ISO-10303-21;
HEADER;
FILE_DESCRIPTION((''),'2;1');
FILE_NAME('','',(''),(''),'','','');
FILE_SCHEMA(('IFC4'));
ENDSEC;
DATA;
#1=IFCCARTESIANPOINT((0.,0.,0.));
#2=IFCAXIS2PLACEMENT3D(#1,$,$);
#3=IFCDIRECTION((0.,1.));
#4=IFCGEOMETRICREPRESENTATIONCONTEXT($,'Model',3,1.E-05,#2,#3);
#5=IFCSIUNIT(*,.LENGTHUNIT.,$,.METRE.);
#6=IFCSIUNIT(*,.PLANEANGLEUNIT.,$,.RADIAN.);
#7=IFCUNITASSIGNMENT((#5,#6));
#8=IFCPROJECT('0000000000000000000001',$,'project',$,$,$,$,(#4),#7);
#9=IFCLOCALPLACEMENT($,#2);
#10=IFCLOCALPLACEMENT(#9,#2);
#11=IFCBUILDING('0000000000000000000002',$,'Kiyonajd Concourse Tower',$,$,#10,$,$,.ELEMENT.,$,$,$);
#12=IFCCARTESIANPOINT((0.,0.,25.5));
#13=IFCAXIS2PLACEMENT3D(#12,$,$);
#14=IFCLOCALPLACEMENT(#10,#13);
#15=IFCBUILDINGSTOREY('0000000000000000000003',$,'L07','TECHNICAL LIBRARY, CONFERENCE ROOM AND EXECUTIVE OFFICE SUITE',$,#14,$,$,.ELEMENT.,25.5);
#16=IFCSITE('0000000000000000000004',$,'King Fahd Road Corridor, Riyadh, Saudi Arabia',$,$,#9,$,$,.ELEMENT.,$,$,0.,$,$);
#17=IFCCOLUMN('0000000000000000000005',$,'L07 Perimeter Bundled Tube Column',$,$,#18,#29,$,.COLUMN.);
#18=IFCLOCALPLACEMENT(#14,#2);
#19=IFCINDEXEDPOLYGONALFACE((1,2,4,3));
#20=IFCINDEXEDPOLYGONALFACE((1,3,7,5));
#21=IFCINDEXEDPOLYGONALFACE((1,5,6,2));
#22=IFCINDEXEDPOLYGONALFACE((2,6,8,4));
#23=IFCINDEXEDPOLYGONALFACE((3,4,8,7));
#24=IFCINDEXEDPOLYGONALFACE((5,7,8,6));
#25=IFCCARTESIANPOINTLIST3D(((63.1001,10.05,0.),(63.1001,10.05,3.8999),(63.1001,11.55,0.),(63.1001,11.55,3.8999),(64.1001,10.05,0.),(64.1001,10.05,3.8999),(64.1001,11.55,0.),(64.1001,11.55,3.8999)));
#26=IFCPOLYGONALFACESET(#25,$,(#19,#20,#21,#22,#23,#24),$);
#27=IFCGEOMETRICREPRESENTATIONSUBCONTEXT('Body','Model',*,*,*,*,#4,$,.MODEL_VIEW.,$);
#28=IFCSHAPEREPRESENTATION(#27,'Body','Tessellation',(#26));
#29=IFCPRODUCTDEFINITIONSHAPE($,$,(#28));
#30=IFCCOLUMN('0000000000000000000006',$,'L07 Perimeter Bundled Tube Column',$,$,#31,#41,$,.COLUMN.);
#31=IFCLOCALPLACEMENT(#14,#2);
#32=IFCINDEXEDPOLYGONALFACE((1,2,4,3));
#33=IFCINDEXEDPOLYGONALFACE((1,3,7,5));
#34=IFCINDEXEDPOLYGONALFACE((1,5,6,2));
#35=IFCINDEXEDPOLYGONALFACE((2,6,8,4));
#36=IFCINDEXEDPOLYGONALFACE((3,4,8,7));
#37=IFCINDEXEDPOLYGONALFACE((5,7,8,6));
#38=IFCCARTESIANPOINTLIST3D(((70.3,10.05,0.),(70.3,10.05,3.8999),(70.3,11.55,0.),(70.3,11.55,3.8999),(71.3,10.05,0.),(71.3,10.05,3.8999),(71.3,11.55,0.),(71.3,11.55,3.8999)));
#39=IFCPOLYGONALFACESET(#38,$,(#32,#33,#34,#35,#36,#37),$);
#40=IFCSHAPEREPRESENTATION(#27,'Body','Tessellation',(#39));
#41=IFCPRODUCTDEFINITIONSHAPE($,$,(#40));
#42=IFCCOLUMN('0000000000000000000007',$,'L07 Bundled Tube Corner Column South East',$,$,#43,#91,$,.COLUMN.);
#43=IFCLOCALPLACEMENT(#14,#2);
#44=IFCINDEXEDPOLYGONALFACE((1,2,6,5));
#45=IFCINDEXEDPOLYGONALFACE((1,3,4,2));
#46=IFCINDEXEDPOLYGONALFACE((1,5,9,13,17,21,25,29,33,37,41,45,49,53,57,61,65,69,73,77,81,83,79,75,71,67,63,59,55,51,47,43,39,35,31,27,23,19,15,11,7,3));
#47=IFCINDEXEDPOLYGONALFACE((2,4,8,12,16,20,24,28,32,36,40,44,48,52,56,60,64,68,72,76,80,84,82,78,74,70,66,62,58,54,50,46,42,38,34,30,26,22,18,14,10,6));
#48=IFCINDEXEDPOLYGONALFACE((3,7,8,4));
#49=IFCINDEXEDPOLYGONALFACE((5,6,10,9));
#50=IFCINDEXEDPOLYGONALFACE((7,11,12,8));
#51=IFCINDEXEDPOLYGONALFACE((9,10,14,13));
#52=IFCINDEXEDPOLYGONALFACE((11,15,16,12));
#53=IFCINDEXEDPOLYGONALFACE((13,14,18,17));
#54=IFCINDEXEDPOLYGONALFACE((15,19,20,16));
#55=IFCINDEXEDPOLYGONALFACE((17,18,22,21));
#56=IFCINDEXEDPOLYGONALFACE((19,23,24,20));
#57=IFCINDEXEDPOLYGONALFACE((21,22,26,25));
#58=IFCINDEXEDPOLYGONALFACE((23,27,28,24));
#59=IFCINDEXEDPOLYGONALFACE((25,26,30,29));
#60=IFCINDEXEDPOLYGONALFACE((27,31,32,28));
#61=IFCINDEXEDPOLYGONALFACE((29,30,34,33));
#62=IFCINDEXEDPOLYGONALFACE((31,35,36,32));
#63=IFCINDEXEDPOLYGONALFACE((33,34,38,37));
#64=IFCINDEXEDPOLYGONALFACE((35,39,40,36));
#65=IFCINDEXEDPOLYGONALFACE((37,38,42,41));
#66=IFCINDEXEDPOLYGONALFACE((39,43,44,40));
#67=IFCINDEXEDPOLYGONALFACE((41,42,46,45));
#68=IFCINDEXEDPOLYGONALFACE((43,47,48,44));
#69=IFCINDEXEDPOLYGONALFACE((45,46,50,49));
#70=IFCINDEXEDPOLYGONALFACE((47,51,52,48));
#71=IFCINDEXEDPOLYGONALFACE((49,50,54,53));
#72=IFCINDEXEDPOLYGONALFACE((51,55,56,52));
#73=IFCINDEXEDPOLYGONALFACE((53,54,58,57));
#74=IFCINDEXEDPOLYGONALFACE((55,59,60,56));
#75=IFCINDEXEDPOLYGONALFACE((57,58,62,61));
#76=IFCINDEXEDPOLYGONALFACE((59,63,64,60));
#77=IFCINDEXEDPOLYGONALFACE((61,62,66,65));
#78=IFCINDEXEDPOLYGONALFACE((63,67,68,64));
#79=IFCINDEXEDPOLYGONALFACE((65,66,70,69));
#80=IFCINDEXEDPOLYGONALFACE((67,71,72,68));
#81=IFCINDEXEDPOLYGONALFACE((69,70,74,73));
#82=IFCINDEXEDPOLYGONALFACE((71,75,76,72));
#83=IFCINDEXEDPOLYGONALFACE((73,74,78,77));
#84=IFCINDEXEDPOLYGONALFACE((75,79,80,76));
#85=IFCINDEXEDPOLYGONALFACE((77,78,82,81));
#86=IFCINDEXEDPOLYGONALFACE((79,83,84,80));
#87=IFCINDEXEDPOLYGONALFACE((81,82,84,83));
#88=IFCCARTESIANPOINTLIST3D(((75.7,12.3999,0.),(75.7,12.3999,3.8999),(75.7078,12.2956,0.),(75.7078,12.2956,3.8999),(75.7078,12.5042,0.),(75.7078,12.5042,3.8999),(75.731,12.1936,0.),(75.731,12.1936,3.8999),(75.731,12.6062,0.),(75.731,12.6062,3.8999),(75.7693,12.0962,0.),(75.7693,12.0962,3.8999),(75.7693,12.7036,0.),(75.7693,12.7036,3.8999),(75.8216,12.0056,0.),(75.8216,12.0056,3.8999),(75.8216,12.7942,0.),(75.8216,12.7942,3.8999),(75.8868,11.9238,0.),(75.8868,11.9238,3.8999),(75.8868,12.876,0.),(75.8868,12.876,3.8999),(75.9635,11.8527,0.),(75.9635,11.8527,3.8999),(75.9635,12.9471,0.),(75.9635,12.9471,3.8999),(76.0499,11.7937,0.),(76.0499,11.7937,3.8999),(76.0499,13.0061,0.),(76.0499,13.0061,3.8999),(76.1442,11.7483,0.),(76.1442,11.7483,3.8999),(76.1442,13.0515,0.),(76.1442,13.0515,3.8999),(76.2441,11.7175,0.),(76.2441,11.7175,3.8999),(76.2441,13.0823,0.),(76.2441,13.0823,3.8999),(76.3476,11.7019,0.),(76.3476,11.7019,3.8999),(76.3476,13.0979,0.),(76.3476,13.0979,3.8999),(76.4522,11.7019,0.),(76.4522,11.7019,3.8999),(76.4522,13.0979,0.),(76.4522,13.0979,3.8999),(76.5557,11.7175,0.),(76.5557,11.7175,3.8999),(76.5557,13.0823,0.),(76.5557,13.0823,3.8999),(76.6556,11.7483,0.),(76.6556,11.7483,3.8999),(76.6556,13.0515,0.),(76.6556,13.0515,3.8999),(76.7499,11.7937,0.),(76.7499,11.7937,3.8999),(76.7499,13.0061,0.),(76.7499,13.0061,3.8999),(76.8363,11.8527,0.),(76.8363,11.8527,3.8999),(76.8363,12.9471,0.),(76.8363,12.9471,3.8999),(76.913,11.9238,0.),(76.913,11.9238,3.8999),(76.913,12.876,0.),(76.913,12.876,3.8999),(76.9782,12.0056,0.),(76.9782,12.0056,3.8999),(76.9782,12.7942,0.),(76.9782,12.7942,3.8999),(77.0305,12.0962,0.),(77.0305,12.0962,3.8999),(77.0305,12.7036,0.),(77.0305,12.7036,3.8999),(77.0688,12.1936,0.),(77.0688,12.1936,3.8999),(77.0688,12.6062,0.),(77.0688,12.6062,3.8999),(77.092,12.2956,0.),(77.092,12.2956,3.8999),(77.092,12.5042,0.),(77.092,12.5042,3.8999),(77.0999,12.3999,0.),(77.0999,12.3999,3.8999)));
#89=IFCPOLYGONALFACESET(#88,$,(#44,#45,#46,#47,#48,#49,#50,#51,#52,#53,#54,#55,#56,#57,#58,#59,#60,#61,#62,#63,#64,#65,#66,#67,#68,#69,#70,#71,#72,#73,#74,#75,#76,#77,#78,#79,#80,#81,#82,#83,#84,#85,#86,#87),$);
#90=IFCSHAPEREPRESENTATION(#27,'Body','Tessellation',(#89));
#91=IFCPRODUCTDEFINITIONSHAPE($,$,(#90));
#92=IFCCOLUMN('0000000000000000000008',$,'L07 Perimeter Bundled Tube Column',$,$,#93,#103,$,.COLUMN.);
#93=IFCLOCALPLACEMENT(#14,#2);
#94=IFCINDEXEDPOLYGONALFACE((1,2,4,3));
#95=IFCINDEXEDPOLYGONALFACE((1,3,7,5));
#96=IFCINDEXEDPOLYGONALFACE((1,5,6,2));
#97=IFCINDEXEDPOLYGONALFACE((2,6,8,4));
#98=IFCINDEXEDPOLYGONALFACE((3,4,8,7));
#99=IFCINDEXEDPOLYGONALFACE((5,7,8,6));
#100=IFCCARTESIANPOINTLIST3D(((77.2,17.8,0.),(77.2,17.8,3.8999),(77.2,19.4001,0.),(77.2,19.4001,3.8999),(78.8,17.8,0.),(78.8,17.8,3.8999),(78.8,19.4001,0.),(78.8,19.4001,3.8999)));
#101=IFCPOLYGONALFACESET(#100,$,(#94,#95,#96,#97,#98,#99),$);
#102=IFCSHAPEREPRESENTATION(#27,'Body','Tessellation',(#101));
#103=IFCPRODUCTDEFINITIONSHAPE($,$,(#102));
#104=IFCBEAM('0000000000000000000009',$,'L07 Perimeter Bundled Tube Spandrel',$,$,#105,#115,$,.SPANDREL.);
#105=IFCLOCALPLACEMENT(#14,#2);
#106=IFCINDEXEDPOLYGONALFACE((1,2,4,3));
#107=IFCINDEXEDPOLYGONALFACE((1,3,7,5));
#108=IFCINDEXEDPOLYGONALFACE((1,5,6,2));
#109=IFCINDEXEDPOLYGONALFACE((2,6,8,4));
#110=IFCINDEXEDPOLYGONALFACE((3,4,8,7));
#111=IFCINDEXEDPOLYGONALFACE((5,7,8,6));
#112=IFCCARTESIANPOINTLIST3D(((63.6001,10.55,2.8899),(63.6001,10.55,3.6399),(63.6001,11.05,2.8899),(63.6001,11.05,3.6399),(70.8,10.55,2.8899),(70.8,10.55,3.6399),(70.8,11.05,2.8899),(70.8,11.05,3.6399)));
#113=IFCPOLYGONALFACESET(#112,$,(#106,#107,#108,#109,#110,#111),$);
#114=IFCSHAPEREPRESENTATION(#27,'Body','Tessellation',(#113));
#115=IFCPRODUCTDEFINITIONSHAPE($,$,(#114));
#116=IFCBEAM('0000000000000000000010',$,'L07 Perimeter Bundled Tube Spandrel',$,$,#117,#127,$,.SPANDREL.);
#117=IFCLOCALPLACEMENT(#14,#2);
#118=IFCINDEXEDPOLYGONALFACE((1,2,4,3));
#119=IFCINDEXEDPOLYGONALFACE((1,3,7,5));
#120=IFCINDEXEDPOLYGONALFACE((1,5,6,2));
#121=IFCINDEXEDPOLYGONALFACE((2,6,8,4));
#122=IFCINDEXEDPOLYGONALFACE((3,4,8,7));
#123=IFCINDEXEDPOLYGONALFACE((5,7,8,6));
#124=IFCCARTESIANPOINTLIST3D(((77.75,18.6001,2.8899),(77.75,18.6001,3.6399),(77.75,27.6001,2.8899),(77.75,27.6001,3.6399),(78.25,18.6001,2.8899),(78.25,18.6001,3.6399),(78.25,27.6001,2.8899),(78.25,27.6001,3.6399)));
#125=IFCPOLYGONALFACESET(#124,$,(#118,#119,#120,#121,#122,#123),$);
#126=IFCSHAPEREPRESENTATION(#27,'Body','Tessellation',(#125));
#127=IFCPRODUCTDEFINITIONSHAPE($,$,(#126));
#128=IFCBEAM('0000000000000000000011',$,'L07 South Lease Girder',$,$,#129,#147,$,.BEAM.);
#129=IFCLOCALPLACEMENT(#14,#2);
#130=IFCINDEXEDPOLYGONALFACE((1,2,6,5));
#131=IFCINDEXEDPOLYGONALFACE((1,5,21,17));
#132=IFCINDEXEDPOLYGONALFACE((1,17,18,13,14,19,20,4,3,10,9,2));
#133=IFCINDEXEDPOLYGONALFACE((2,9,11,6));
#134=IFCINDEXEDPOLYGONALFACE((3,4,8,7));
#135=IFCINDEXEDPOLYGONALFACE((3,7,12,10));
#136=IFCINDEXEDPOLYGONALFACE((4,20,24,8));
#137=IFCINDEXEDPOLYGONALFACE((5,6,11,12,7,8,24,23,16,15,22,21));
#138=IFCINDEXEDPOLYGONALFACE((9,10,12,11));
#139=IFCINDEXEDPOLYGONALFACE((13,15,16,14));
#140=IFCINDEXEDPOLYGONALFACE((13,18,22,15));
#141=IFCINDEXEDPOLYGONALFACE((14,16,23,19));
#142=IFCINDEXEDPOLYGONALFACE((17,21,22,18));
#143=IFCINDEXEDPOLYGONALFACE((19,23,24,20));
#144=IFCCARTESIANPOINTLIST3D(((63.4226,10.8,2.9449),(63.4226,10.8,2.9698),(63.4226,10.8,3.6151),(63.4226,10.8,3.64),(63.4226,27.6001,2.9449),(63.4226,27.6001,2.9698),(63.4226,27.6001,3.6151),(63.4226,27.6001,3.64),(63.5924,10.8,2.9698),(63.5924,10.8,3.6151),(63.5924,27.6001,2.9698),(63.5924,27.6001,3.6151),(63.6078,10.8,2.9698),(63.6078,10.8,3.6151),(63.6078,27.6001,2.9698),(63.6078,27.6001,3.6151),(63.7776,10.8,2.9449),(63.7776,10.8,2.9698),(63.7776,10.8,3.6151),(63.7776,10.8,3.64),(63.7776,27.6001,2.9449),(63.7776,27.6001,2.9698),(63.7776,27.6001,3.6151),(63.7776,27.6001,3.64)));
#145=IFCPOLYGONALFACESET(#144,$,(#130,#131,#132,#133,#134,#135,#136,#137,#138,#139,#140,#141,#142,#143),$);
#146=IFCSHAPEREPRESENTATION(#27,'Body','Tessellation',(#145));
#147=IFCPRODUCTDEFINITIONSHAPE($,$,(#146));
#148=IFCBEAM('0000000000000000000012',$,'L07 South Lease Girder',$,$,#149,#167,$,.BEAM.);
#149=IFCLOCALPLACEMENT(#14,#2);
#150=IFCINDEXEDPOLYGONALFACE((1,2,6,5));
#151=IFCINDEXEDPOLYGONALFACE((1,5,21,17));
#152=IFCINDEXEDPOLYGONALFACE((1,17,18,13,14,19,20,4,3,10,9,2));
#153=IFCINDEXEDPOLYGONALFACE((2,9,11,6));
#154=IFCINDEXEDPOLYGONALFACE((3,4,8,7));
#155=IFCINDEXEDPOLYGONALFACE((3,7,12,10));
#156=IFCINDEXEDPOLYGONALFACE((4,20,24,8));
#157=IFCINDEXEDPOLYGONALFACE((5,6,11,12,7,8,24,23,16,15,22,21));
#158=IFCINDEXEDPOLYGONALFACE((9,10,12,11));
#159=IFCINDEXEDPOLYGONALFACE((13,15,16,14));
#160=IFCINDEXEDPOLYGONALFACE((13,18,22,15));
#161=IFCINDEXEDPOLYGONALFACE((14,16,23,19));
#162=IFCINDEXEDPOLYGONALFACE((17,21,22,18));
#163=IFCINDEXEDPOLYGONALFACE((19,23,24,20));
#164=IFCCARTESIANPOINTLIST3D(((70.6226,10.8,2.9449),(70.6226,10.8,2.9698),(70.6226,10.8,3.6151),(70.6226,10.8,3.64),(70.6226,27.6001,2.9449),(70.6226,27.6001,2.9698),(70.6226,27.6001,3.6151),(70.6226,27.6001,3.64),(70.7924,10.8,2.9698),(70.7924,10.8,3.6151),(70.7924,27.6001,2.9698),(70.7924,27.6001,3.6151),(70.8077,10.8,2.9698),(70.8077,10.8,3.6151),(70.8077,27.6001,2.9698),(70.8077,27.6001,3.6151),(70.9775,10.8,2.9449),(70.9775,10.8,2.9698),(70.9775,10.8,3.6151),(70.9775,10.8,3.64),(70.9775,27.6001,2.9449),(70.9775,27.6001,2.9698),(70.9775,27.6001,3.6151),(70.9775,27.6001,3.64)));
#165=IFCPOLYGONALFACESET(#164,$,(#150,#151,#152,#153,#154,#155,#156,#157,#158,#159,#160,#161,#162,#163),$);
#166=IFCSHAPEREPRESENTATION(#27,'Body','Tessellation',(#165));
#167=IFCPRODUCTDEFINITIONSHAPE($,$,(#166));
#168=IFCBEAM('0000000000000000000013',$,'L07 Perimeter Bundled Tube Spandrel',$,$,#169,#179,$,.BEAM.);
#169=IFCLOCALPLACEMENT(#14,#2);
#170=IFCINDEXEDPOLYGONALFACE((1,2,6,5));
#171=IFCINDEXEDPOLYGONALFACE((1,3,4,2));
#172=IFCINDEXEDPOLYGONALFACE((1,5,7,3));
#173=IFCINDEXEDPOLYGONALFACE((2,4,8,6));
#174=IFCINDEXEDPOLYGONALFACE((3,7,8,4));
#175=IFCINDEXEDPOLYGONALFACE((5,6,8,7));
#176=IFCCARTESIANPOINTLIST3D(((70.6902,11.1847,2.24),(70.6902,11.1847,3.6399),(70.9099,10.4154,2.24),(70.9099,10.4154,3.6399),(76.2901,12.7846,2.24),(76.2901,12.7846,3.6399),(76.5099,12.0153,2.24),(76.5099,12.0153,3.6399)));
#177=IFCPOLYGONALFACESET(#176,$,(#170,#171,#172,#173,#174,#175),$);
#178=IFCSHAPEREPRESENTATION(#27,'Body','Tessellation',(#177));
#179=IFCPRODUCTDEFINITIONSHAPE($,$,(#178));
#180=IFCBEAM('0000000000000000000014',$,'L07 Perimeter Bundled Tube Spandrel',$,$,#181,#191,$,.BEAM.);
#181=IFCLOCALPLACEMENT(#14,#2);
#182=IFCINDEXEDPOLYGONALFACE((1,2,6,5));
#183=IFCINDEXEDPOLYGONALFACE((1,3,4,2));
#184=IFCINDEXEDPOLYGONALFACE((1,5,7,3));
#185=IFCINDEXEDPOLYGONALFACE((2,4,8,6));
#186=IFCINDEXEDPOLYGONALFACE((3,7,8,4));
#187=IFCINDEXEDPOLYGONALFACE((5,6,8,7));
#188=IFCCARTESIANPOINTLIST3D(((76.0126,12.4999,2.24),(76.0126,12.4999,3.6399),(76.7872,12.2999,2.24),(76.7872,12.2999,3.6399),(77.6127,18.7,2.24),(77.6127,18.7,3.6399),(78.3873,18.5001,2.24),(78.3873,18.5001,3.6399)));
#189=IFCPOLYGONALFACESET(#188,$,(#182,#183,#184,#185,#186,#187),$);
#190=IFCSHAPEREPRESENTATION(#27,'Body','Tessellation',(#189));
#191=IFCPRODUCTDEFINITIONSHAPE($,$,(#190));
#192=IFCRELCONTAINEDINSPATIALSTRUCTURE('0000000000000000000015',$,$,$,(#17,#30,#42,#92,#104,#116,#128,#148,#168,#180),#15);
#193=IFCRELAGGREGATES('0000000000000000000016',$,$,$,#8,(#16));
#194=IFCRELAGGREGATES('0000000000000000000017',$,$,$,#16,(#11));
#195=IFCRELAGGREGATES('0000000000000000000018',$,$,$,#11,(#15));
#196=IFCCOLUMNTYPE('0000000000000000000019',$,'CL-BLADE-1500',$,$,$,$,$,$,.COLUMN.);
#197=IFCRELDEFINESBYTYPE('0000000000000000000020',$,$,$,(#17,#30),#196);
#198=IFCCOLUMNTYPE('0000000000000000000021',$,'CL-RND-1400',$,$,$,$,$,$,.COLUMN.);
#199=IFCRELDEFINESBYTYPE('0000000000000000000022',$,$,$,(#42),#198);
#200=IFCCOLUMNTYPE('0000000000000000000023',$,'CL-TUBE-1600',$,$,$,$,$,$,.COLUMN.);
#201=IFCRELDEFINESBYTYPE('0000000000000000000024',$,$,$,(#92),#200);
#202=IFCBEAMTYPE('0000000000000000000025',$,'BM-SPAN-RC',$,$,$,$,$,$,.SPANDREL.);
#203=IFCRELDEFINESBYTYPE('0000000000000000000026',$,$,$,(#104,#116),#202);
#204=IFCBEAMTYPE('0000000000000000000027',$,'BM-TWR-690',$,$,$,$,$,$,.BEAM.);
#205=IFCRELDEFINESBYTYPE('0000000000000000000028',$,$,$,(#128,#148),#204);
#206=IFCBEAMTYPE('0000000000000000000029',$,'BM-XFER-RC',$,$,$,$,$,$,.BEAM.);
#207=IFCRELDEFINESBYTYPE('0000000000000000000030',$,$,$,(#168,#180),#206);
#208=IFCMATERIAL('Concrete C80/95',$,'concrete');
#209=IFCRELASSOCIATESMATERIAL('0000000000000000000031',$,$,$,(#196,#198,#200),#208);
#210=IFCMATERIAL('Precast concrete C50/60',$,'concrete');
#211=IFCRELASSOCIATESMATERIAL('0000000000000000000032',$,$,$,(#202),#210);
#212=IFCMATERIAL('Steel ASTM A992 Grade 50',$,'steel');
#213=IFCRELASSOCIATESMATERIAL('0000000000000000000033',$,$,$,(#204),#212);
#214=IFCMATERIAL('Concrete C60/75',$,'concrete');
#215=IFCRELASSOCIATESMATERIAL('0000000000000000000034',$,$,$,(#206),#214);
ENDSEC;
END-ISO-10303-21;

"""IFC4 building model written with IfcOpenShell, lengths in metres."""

from ifc_helpers import new_model, si_unit, direction, frame, origin, origin_2d, place, context, subcontext, project, spatial, rectangle, circle, i_section, extrude, material, material_profile, profile_set, type_object, element, save


model = new_model("IFC4")

# Units and contexts
model_context = context("Model", 3, precision=1e-05, world=origin(), true_north=direction((0.0, 1.0)))
body_context = subcontext(model_context, "Body", "Model", "MODEL_VIEW")
ifc_project = project(units=[si_unit("LENGTHUNIT", "METRE"), si_unit("PLANEANGLEUNIT", "RADIAN")], contexts=[model_context])

# Site, building, storey
site_placement = place(None, origin())
site = spatial("IfcSite", under=ifc_project, at=site_placement, Name="King Fahd Road Corridor, Riyadh, Saudi Arabia", CompositionType="ELEMENT", RefElevation=0.0)
building_placement = place(site_placement, origin())
building = spatial("IfcBuilding", under=site, at=building_placement, Name="Kiyonajd Concourse Tower", CompositionType="ELEMENT")
storey_placement = place(building_placement, frame((0.0, 0.0, 25.5)))
storey = spatial("IfcBuildingStorey", under=building, at=storey_placement, Name="L07", Description="TECHNICAL LIBRARY, CONFERENCE ROOM AND EXECUTIVE OFFICE SUITE", CompositionType="ELEMENT", Elevation=25.5)

# Columns
ifc_material_1 = material(Name="Concrete C80/95", Category="concrete")
ifc_material_profile_1 = material_profile(ifc_material_1, rectangle(XDim=1.0, YDim=1.5, at=origin_2d()), Name="RC-1500x1000")
ifc_profile_set_1 = profile_set([ifc_material_profile_1], Name="Concrete C80/95")
column_type_1 = type_object("IfcColumnType", Name="CL-BLADE-1500", PredefinedType="COLUMN", material=ifc_profile_set_1)
for number, where, z_axis, x_axis, name in (
    (1, (63.6001, 10.8, 0.0), (0.0, 0.0, 1.0), (1.0, 0.0, 0.0), "L07 Perimeter Bundled Tube Column"),
    (2, (70.8, 10.8, 0.0), (0.0, 0.0, 1.0), (1.0, 0.0, 0.0), "L07 Perimeter Bundled Tube Column"),
):
    element("IfcColumn", number, at=place(storey_placement, frame(where, z_axis=z_axis, x_axis=x_axis)), inside=storey, type_object=column_type_1, Name=name, PredefinedType="COLUMN", context=body_context, shape_type="SweptSolid", body=[
        extrude(rectangle(XDim=1.0, YDim=1.5, at=origin_2d()), origin(), (0.0, 0.0, 1.0), 3.8999),
    ])
ifc_material_profile_2 = material_profile(ifc_material_1, circle(Radius=0.7, at=origin_2d()), Name="RCC-D1400")
ifc_profile_set_2 = profile_set([ifc_material_profile_2], Name="Concrete C80/95")
column_type_2 = type_object("IfcColumnType", Name="CL-RND-1400", PredefinedType="COLUMN", material=ifc_profile_set_2)
column_1_placement = place(storey_placement, frame((76.3999, 12.3999, 0.0), z_axis=(0.0, 0.0, 1.0), x_axis=(1.0, 0.0, 0.0)))
element("IfcColumn", 3, at=column_1_placement, inside=storey, type_object=column_type_2, Name="L07 Bundled Tube Corner Column South East", PredefinedType="COLUMN", context=body_context, shape_type="SweptSolid", body=[
    extrude(circle(Radius=0.7, at=origin_2d()), origin(), (0.0, 0.0, 1.0), 3.8999),
])
ifc_material_profile_3 = material_profile(ifc_material_1, rectangle(XDim=1.6001, YDim=1.6001, at=origin_2d()), Name="RC-1600x1600")
ifc_profile_set_3 = profile_set([ifc_material_profile_3], Name="Concrete C80/95")
column_type_3 = type_object("IfcColumnType", Name="CL-TUBE-1600", PredefinedType="COLUMN", material=ifc_profile_set_3)
column_2_placement = place(storey_placement, frame((78.0, 18.6001, 0.0), z_axis=(0.0, 0.0, 1.0), x_axis=(1.0, 0.0, 0.0)))
element("IfcColumn", 4, at=column_2_placement, inside=storey, type_object=column_type_3, Name="L07 Perimeter Bundled Tube Column", PredefinedType="COLUMN", context=body_context, shape_type="SweptSolid", body=[
    extrude(rectangle(XDim=1.6001, YDim=1.6001, at=origin_2d()), origin(), (0.0, 0.0, 1.0), 3.8999),
])

# Beams
ifc_material_2 = material(Name="Precast concrete C50/60", Category="concrete")
ifc_material_profile_4 = material_profile(ifc_material_2, rectangle(XDim=0.5, YDim=0.75, at=origin_2d()), Name="RCBM-500x750")
ifc_profile_set_4 = profile_set([ifc_material_profile_4], Name="Precast concrete C50/60")
beam_type_1 = type_object("IfcBeamType", Name="BM-SPAN-RC", PredefinedType="SPANDREL", material=ifc_profile_set_4)
beam_1_placement = place(storey_placement, frame((63.6001, 10.8, 3.2649), z_axis=(1.0, 0.0, 0.0), x_axis=(0.0, 1.0, 0.0)))
element("IfcBeam", 5, at=beam_1_placement, inside=storey, type_object=beam_type_1, Name="L07 Perimeter Bundled Tube Spandrel", PredefinedType="SPANDREL", context=body_context, shape_type="SweptSolid", body=[
    extrude(rectangle(XDim=0.5, YDim=0.75, at=origin_2d()), origin(), (0.0, 0.0, 1.0), 7.2),
])
beam_2_placement = place(storey_placement, frame((78.0, 18.6001, 3.2649), z_axis=(0.0, 1.0, 0.0), x_axis=(-1.0, 0.0, 0.0)))
element("IfcBeam", 6, at=beam_2_placement, inside=storey, type_object=beam_type_1, Name="L07 Perimeter Bundled Tube Spandrel", PredefinedType="SPANDREL", context=body_context, shape_type="SweptSolid", body=[
    extrude(rectangle(XDim=0.5, YDim=0.75, at=origin_2d()), origin(), (0.0, 0.0, 1.0), 9.0),
])
ifc_material_3 = material(Name="Steel ASTM A992 Grade 50", Category="steel")
ifc_material_profile_5 = material_profile(ifc_material_3, i_section(OverallWidth=0.355, OverallDepth=0.6951, WebThickness=0.0154, FlangeThickness=0.0249, at=origin_2d()), Name="W690X217")
ifc_profile_set_5 = profile_set([ifc_material_profile_5], Name="Steel ASTM A992 Grade 50")
beam_type_2 = type_object("IfcBeamType", Name="BM-TWR-690", PredefinedType="BEAM", material=ifc_profile_set_5)
for number, where, z_axis, x_axis, name in (
    (7, (63.6001, 10.8, 3.2925), (0.0, 1.0, 0.0), (-1.0, 0.0, 0.0), "L07 South Lease Girder"),
    (8, (70.8, 10.8, 3.2925), (0.0, 1.0, 0.0), (-1.0, 0.0, 0.0), "L07 South Lease Girder"),
):
    element("IfcBeam", number, at=place(storey_placement, frame(where, z_axis=z_axis, x_axis=x_axis)), inside=storey, type_object=beam_type_2, Name=name, PredefinedType="BEAM", context=body_context, shape_type="SweptSolid", body=[
        extrude(i_section(OverallWidth=0.355, OverallDepth=0.6951, WebThickness=0.0154, FlangeThickness=0.0249, at=origin_2d()), origin(), (0.0, 0.0, 1.0), 16.8),
    ])
ifc_material_4 = material(Name="Concrete C60/75", Category="concrete")
ifc_material_profile_6 = material_profile(ifc_material_4, rectangle(XDim=0.8, YDim=1.3999, at=origin_2d()), Name="RCBM-800x1400")
ifc_profile_set_6 = profile_set([ifc_material_profile_6], Name="Concrete C60/75")
beam_type_3 = type_object("IfcBeamType", Name="BM-XFER-RC", PredefinedType="BEAM", material=ifc_profile_set_6)
beam_3_placement = place(storey_placement, frame((70.8, 10.8, 2.9399), z_axis=(0.961529, 0.274705, 0.0), x_axis=(-0.274705, 0.961529, 0.0)))
element("IfcBeam", 9, at=beam_3_placement, inside=storey, type_object=beam_type_3, Name="L07 Perimeter Bundled Tube Spandrel", PredefinedType="BEAM", context=body_context, shape_type="SweptSolid", body=[
    extrude(rectangle(XDim=0.8, YDim=1.3999, at=origin_2d()), origin(), (0.0, 0.0, 1.0), 5.824),
])
beam_4_placement = place(storey_placement, frame((76.3999, 12.3999, 2.9399), z_axis=(0.249885, 0.968276, 0.0), x_axis=(-0.968276, 0.249885, 0.0)))
element("IfcBeam", 10, at=beam_4_placement, inside=storey, type_object=beam_type_3, Name="L07 Perimeter Bundled Tube Spandrel", PredefinedType="BEAM", context=body_context, shape_type="SweptSolid", body=[
    extrude(rectangle(XDim=0.8, YDim=1.3999, at=origin_2d()), origin(), (0.0, 0.0, 1.0), 6.4033),
])

save(model, "model.ifc")
